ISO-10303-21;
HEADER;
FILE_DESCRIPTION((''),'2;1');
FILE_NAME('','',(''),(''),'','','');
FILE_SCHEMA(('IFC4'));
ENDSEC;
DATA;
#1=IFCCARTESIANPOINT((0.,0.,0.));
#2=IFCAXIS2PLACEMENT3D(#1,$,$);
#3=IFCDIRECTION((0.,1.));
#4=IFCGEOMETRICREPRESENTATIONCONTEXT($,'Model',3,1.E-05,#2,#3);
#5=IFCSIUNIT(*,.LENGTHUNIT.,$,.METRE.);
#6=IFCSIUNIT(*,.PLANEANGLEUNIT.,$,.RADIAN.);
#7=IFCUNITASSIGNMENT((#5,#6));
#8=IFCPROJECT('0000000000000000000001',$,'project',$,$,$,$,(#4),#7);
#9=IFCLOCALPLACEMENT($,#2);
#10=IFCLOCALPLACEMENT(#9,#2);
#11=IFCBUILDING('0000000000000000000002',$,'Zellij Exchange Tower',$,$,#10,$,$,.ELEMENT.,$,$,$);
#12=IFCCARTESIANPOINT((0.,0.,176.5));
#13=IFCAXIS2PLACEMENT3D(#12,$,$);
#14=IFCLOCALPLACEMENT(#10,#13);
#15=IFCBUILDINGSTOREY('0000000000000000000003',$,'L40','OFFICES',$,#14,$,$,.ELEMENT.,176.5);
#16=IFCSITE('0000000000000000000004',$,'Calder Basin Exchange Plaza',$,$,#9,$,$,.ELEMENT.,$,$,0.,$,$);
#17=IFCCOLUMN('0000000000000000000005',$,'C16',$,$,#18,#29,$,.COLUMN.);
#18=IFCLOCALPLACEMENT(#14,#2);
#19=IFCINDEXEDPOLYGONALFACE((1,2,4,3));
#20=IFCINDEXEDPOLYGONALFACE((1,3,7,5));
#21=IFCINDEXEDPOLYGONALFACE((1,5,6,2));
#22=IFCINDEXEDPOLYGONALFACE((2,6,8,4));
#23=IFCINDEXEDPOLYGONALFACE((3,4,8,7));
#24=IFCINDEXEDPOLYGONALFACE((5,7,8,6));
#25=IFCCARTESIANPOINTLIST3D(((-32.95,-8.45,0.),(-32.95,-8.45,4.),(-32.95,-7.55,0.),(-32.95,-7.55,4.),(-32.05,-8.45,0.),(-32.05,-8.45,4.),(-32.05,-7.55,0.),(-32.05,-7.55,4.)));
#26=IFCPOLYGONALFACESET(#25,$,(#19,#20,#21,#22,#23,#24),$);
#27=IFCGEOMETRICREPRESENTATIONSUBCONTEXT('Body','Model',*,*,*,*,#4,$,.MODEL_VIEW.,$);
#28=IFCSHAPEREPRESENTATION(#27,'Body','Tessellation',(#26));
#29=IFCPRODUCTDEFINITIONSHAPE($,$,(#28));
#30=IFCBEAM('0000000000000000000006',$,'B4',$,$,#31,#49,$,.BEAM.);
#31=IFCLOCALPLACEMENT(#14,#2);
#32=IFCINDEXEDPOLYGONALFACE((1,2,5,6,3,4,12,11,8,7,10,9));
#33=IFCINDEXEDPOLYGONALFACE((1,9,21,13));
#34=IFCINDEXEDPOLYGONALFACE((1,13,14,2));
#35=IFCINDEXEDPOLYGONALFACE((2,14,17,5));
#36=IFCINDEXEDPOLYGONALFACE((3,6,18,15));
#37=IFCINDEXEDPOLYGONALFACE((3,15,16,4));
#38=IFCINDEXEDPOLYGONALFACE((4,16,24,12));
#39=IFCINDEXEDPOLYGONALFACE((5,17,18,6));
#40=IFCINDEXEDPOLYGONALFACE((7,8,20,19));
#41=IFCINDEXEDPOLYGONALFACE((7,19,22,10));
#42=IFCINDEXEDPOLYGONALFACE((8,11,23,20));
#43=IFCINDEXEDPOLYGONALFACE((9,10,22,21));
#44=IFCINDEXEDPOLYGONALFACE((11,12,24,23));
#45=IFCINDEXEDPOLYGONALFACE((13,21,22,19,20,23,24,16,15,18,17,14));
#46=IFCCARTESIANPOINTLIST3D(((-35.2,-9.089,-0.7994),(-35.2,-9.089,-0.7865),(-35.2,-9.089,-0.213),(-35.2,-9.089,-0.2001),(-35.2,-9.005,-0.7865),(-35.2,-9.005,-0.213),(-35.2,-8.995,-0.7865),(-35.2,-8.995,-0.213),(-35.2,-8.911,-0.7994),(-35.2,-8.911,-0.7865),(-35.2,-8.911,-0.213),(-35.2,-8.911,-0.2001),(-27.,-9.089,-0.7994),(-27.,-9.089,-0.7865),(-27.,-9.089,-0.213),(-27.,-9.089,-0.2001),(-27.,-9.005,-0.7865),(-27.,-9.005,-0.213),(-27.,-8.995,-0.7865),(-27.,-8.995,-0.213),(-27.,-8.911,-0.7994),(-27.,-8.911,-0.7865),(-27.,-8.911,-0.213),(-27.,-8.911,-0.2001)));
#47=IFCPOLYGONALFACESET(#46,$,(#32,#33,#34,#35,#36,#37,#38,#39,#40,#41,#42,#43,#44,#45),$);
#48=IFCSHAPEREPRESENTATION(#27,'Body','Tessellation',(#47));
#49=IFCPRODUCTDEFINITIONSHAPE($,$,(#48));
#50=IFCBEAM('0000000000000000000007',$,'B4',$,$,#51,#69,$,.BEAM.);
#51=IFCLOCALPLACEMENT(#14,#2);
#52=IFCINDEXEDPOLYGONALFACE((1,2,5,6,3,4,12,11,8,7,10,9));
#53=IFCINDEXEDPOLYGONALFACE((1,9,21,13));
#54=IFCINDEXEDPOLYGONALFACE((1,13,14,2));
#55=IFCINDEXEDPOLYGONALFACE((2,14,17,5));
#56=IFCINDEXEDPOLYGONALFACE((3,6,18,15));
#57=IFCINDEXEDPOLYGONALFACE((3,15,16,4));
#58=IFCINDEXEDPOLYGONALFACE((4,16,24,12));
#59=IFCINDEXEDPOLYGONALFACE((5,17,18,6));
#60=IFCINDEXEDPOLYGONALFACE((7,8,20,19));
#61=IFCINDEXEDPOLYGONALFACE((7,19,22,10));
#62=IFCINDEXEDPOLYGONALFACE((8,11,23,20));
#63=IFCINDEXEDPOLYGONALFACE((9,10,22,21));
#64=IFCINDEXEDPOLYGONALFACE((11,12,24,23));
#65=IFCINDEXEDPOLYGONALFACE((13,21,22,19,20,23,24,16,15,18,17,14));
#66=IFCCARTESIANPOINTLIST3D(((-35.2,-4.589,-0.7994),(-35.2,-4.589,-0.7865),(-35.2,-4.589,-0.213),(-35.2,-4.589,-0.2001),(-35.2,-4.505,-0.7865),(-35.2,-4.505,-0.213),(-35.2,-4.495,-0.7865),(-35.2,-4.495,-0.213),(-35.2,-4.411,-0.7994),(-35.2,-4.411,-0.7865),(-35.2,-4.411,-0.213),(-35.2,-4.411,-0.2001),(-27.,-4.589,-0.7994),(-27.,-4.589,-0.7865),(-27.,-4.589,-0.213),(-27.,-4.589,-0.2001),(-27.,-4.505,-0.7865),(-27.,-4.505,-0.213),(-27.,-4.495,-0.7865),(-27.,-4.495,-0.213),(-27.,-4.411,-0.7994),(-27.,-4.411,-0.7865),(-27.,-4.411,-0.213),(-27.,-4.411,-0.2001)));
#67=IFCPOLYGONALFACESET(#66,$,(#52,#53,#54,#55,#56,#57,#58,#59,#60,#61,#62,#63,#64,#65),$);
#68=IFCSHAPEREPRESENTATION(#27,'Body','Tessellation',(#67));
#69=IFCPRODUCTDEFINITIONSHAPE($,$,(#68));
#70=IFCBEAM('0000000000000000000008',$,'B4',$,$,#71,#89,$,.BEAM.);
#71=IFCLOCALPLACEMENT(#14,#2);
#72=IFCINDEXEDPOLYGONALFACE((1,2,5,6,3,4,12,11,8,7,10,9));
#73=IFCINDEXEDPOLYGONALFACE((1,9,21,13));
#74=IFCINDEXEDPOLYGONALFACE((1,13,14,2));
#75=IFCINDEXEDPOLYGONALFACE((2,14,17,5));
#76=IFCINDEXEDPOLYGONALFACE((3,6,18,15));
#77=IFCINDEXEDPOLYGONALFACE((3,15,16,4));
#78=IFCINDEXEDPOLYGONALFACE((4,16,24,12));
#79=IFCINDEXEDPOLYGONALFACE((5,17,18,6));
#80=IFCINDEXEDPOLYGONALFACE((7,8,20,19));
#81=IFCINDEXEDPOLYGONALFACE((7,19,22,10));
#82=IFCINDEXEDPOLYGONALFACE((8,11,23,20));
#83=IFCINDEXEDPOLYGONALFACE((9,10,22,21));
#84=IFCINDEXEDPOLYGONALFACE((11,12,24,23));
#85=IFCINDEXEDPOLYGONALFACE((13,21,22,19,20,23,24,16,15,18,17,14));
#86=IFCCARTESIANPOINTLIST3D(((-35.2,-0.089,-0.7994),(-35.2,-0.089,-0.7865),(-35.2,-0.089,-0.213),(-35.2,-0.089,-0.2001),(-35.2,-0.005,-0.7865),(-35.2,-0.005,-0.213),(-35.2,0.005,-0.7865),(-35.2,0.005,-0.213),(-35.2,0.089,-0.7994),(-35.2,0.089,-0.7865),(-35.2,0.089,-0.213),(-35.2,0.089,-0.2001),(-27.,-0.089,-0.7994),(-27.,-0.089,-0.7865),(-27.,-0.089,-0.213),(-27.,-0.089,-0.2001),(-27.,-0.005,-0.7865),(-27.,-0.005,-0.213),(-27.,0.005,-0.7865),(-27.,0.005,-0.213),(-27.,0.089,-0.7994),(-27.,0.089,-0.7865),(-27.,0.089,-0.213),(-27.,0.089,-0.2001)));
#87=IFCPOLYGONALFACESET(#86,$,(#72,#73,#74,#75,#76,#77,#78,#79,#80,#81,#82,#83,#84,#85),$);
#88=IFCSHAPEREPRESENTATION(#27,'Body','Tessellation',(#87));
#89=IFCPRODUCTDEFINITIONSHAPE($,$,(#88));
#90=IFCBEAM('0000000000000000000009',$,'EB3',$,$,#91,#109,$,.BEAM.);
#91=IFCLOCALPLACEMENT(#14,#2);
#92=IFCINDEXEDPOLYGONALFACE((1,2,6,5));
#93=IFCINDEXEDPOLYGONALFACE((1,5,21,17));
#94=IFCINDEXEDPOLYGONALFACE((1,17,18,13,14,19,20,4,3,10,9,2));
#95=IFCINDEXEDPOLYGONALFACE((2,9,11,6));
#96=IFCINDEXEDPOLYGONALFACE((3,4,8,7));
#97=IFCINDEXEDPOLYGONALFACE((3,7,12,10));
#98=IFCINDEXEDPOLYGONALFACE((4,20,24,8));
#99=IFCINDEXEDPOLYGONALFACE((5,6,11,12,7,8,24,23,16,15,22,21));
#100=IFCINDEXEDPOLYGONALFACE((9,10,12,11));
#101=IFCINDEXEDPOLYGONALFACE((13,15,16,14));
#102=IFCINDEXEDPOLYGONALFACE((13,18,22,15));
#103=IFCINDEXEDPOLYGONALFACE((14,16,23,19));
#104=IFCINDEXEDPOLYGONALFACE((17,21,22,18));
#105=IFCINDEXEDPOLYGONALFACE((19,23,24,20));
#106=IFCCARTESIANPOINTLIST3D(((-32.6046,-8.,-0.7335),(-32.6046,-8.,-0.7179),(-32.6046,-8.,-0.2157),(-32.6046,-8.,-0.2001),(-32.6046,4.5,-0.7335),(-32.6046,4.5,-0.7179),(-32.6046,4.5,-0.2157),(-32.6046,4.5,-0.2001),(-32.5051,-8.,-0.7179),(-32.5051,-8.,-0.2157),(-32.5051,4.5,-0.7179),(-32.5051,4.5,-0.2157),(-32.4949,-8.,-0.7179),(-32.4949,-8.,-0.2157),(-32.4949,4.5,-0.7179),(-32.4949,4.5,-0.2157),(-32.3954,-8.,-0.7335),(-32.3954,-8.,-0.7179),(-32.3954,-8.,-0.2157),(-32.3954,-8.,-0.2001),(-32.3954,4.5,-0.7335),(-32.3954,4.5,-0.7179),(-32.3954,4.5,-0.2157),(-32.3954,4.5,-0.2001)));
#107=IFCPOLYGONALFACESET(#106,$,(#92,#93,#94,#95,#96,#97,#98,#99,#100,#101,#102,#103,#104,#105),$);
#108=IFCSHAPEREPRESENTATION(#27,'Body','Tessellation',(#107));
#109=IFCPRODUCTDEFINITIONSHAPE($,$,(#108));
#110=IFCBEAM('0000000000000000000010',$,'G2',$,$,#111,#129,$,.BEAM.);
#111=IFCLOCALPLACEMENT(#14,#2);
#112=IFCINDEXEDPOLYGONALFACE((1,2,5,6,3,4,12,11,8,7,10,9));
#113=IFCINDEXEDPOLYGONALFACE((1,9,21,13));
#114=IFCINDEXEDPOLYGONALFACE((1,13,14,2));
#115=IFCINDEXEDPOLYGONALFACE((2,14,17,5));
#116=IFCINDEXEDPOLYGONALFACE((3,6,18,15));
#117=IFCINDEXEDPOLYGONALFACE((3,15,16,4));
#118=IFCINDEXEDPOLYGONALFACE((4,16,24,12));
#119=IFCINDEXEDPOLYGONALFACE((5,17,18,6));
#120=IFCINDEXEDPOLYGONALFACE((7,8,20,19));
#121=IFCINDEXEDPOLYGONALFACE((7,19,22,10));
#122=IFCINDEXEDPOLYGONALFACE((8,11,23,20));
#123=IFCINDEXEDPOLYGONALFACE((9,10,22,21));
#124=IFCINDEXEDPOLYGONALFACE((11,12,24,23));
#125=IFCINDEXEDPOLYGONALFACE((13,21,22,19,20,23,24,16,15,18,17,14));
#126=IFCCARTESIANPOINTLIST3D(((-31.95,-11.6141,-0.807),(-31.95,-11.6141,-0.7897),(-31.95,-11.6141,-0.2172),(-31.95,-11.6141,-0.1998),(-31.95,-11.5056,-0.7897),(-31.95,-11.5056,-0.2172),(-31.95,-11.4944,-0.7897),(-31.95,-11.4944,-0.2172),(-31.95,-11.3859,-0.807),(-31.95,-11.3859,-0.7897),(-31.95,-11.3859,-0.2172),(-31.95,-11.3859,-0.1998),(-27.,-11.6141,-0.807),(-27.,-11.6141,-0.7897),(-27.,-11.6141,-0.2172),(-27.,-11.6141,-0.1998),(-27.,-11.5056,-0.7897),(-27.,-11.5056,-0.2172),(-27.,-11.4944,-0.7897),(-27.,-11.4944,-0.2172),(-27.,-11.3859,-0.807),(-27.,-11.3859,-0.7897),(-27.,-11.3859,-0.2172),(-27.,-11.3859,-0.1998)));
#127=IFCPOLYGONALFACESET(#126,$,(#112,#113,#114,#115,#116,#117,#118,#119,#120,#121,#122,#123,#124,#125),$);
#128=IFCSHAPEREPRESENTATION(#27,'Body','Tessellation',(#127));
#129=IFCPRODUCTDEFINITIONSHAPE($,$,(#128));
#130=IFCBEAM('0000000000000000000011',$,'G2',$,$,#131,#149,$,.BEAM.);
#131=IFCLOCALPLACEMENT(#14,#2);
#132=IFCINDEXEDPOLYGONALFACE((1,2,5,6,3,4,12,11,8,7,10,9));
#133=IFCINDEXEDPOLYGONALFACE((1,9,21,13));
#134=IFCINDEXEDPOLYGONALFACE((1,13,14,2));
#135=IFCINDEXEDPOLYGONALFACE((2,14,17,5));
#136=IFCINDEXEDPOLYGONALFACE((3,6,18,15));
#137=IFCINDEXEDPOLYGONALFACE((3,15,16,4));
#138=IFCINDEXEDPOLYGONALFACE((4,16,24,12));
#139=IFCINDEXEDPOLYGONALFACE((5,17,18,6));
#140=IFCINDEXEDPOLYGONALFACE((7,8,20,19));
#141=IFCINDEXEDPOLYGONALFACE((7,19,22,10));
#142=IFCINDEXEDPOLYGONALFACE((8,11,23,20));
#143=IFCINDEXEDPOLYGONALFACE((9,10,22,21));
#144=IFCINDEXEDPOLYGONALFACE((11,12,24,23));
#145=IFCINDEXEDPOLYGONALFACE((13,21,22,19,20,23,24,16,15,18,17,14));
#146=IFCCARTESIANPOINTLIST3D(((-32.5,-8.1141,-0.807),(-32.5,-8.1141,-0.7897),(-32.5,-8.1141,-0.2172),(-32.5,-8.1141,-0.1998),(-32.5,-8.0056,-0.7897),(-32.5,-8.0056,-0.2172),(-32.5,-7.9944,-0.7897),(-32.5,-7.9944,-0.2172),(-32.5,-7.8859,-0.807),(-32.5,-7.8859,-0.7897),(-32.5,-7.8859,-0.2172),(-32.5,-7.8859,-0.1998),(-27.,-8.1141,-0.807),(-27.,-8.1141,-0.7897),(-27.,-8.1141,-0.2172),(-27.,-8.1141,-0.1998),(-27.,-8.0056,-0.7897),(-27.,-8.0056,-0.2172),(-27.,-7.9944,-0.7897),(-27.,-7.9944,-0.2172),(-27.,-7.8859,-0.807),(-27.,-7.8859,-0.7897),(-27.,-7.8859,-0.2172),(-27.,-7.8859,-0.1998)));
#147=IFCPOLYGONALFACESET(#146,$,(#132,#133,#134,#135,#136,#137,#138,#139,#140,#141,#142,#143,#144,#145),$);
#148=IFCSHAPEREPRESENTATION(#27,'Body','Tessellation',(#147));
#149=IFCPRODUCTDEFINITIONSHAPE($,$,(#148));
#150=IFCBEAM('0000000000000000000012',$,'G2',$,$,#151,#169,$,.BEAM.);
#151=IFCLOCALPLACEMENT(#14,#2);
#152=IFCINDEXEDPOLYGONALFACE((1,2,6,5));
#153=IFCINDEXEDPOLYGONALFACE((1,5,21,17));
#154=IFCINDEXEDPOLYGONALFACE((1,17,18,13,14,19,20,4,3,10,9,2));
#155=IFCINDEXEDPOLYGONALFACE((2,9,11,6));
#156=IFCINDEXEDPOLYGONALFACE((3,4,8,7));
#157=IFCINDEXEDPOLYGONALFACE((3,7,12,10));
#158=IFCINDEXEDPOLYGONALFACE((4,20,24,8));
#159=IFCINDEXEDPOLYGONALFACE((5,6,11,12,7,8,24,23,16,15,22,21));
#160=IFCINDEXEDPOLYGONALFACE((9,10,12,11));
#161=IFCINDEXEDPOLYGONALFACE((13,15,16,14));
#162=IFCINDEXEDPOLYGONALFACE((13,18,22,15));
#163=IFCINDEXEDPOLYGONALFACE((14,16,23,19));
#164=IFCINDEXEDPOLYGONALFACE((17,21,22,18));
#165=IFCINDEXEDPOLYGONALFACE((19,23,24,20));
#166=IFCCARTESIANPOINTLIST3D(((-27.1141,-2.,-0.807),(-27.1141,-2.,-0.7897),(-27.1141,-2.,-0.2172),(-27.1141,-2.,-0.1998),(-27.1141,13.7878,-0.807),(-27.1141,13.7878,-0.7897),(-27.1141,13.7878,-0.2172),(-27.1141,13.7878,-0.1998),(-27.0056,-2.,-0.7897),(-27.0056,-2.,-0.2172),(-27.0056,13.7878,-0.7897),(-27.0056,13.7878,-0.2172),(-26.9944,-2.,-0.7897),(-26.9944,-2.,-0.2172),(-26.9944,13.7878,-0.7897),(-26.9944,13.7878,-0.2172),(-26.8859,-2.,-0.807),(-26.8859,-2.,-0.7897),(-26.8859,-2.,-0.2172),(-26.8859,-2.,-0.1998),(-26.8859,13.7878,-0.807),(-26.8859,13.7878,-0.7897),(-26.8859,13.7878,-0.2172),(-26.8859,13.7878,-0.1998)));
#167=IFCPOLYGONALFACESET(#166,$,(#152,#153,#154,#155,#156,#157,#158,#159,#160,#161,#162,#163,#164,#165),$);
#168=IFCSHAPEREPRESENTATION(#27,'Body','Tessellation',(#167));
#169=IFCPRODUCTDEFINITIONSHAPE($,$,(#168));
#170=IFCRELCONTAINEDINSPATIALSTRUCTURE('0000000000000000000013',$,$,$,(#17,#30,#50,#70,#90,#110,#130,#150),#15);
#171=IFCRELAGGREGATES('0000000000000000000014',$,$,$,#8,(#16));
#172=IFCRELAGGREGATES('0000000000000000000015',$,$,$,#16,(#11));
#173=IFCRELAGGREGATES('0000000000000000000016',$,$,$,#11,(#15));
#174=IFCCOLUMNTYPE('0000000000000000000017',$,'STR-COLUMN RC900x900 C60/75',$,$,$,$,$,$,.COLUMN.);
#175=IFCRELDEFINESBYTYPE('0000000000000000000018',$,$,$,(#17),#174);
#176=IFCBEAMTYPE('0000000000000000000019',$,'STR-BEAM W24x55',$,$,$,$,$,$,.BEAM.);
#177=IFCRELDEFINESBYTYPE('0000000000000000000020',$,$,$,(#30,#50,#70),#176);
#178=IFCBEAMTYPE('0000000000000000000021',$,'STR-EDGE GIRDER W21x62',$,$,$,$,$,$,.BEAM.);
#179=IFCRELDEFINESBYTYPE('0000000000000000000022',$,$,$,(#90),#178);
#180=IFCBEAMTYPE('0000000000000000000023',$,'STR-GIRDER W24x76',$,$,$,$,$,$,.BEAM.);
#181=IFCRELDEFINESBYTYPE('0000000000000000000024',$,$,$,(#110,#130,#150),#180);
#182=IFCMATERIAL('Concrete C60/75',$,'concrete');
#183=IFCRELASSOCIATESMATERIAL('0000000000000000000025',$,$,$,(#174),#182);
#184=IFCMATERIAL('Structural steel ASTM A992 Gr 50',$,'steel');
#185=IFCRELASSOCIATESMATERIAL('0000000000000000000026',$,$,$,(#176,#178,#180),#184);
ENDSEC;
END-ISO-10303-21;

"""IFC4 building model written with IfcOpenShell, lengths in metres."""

from ifc_helpers import new_model, si_unit, direction, frame, origin, origin_2d, place, context, subcontext, project, spatial, rectangle, i_section, extrude, material, material_profile, profile_set, type_object, element, save


model = new_model("IFC4")

# Units and contexts
model_context = context("Model", 3, precision=1e-05, world=origin(), true_north=direction((0.0, 1.0)))
body_context = subcontext(model_context, "Body", "Model", "MODEL_VIEW")
ifc_project = project(units=[si_unit("LENGTHUNIT", "METRE"), si_unit("PLANEANGLEUNIT", "RADIAN")], contexts=[model_context])

# Site, building, storey
site_placement = place(None, origin())
site = spatial("IfcSite", under=ifc_project, at=site_placement, Name="Calder Basin Exchange Plaza", CompositionType="ELEMENT", RefElevation=0.0)
building_placement = place(site_placement, origin())
building = spatial("IfcBuilding", under=site, at=building_placement, Name="Zellij Exchange Tower", CompositionType="ELEMENT")
storey_placement = place(building_placement, frame((0.0, 0.0, 176.5)))
storey = spatial("IfcBuildingStorey", under=building, at=storey_placement, Name="L40", Description="OFFICES", CompositionType="ELEMENT", Elevation=176.5)

# Column
ifc_material_1 = material(Name="Concrete C60/75", Category="concrete")
ifc_material_profile_1 = material_profile(ifc_material_1, rectangle(XDim=0.8999, YDim=0.8999, at=origin_2d()), Name="STR-COLUMN RC900x900 C60/75")
ifc_profile_set_1 = profile_set([ifc_material_profile_1], Name="Concrete C60/75")
column_type = type_object("IfcColumnType", Name="STR-COLUMN RC900x900 C60/75", PredefinedType="COLUMN", material=ifc_profile_set_1)
column_placement = place(storey_placement, frame((-32.5, -8.0, 0.0), z_axis=(0.0, 0.0, 1.0), x_axis=(1.0, 0.0, 0.0)))
element("IfcColumn", 1, at=column_placement, inside=storey, type_object=column_type, Name="C16", PredefinedType="COLUMN", context=body_context, shape_type="SweptSolid", body=[
    extrude(rectangle(XDim=0.8999, YDim=0.8999, at=origin_2d()), origin(), (0.0, 0.0, 1.0), 4.0),
])

# Beams
ifc_material_2 = material(Name="Structural steel ASTM A992 Gr 50", Category="steel")
ifc_material_profile_2 = material_profile(ifc_material_2, i_section(OverallWidth=0.178, OverallDepth=0.5994, WebThickness=0.01, FlangeThickness=0.0129, at=origin_2d()), Name="W24x55")
ifc_profile_set_2 = profile_set([ifc_material_profile_2], Name="Structural steel ASTM A992 Gr 50")
beam_type_1 = type_object("IfcBeamType", Name="STR-BEAM W24x55", PredefinedType="BEAM", material=ifc_profile_set_2)
for number, where, z_axis, x_axis, name in (
    (2, (-35.2, -9.0, -0.4998), (1.0, 0.0, 0.0), (0.0, 1.0, 0.0), "B4"),
    (3, (-35.2, -4.5, -0.4998), (1.0, 0.0, 0.0), (0.0, 1.0, 0.0), "B4"),
    (4, (-35.2, 0.0, -0.4998), (1.0, 0.0, 0.0), (0.0, 1.0, 0.0), "B4"),
):
    element("IfcBeam", number, at=place(storey_placement, frame(where, z_axis=z_axis, x_axis=x_axis)), inside=storey, type_object=beam_type_1, Name=name, PredefinedType="BEAM", context=body_context, shape_type="SweptSolid", body=[
        extrude(i_section(OverallWidth=0.178, OverallDepth=0.5994, WebThickness=0.01, FlangeThickness=0.0129, at=origin_2d()), origin(), (0.0, 0.0, 1.0), 8.2),
    ])
ifc_material_profile_3 = material_profile(ifc_material_2, i_section(OverallWidth=0.2092, OverallDepth=0.5334, WebThickness=0.0103, FlangeThickness=0.0156, at=origin_2d()), Name="W21x62")
ifc_profile_set_3 = profile_set([ifc_material_profile_3], Name="Structural steel ASTM A992 Gr 50")
beam_type_2 = type_object("IfcBeamType", Name="STR-EDGE GIRDER W21x62", PredefinedType="BEAM", material=ifc_profile_set_3)
beam_1_placement = place(storey_placement, frame((-32.5, -8.0, -0.4668), z_axis=(0.0, 1.0, 0.0), x_axis=(-1.0, 0.0, 0.0)))
element("IfcBeam", 5, at=beam_1_placement, inside=storey, type_object=beam_type_2, Name="EB3", PredefinedType="BEAM", context=body_context, shape_type="SweptSolid", body=[
    extrude(i_section(OverallWidth=0.2092, OverallDepth=0.5334, WebThickness=0.0103, FlangeThickness=0.0156, at=origin_2d()), origin(), (0.0, 0.0, 1.0), 12.5),
])
ifc_material_profile_4 = material_profile(ifc_material_2, i_section(OverallWidth=0.2283, OverallDepth=0.6072, WebThickness=0.0112, FlangeThickness=0.0173, at=origin_2d()), Name="W24x76")
ifc_profile_set_4 = profile_set([ifc_material_profile_4], Name="Structural steel ASTM A992 Gr 50")
beam_type_3 = type_object("IfcBeamType", Name="STR-GIRDER W24x76", PredefinedType="BEAM", material=ifc_profile_set_4)
beam_2_placement = place(storey_placement, frame((-31.95, -11.5, -0.5034), z_axis=(1.0, 0.0, 0.0), x_axis=(0.0, 1.0, 0.0)))
element("IfcBeam", 6, at=beam_2_placement, inside=storey, type_object=beam_type_3, Name="G2", PredefinedType="BEAM", context=body_context, shape_type="SweptSolid", body=[
    extrude(i_section(OverallWidth=0.2283, OverallDepth=0.6072, WebThickness=0.0112, FlangeThickness=0.0173, at=origin_2d()), origin(), (0.0, 0.0, 1.0), 4.95),
])
beam_3_placement = place(storey_placement, frame((-32.5, -8.0, -0.5034), z_axis=(1.0, 0.0, 0.0), x_axis=(0.0, 1.0, 0.0)))
element("IfcBeam", 7, at=beam_3_placement, inside=storey, type_object=beam_type_3, Name="G2", PredefinedType="BEAM", context=body_context, shape_type="SweptSolid", body=[
    extrude(i_section(OverallWidth=0.2283, OverallDepth=0.6072, WebThickness=0.0112, FlangeThickness=0.0173, at=origin_2d()), origin(), (0.0, 0.0, 1.0), 5.5),
])
beam_4_placement = place(storey_placement, frame((-27.0, -2.0, -0.5034), z_axis=(0.0, 1.0, 0.0), x_axis=(-1.0, 0.0, 0.0)))
element("IfcBeam", 8, at=beam_4_placement, inside=storey, type_object=beam_type_3, Name="G2", PredefinedType="BEAM", context=body_context, shape_type="SweptSolid", body=[
    extrude(i_section(OverallWidth=0.2283, OverallDepth=0.6072, WebThickness=0.0112, FlangeThickness=0.0173, at=origin_2d()), origin(), (0.0, 0.0, 1.0), 15.7878),
])

save(model, "model.ifc")
